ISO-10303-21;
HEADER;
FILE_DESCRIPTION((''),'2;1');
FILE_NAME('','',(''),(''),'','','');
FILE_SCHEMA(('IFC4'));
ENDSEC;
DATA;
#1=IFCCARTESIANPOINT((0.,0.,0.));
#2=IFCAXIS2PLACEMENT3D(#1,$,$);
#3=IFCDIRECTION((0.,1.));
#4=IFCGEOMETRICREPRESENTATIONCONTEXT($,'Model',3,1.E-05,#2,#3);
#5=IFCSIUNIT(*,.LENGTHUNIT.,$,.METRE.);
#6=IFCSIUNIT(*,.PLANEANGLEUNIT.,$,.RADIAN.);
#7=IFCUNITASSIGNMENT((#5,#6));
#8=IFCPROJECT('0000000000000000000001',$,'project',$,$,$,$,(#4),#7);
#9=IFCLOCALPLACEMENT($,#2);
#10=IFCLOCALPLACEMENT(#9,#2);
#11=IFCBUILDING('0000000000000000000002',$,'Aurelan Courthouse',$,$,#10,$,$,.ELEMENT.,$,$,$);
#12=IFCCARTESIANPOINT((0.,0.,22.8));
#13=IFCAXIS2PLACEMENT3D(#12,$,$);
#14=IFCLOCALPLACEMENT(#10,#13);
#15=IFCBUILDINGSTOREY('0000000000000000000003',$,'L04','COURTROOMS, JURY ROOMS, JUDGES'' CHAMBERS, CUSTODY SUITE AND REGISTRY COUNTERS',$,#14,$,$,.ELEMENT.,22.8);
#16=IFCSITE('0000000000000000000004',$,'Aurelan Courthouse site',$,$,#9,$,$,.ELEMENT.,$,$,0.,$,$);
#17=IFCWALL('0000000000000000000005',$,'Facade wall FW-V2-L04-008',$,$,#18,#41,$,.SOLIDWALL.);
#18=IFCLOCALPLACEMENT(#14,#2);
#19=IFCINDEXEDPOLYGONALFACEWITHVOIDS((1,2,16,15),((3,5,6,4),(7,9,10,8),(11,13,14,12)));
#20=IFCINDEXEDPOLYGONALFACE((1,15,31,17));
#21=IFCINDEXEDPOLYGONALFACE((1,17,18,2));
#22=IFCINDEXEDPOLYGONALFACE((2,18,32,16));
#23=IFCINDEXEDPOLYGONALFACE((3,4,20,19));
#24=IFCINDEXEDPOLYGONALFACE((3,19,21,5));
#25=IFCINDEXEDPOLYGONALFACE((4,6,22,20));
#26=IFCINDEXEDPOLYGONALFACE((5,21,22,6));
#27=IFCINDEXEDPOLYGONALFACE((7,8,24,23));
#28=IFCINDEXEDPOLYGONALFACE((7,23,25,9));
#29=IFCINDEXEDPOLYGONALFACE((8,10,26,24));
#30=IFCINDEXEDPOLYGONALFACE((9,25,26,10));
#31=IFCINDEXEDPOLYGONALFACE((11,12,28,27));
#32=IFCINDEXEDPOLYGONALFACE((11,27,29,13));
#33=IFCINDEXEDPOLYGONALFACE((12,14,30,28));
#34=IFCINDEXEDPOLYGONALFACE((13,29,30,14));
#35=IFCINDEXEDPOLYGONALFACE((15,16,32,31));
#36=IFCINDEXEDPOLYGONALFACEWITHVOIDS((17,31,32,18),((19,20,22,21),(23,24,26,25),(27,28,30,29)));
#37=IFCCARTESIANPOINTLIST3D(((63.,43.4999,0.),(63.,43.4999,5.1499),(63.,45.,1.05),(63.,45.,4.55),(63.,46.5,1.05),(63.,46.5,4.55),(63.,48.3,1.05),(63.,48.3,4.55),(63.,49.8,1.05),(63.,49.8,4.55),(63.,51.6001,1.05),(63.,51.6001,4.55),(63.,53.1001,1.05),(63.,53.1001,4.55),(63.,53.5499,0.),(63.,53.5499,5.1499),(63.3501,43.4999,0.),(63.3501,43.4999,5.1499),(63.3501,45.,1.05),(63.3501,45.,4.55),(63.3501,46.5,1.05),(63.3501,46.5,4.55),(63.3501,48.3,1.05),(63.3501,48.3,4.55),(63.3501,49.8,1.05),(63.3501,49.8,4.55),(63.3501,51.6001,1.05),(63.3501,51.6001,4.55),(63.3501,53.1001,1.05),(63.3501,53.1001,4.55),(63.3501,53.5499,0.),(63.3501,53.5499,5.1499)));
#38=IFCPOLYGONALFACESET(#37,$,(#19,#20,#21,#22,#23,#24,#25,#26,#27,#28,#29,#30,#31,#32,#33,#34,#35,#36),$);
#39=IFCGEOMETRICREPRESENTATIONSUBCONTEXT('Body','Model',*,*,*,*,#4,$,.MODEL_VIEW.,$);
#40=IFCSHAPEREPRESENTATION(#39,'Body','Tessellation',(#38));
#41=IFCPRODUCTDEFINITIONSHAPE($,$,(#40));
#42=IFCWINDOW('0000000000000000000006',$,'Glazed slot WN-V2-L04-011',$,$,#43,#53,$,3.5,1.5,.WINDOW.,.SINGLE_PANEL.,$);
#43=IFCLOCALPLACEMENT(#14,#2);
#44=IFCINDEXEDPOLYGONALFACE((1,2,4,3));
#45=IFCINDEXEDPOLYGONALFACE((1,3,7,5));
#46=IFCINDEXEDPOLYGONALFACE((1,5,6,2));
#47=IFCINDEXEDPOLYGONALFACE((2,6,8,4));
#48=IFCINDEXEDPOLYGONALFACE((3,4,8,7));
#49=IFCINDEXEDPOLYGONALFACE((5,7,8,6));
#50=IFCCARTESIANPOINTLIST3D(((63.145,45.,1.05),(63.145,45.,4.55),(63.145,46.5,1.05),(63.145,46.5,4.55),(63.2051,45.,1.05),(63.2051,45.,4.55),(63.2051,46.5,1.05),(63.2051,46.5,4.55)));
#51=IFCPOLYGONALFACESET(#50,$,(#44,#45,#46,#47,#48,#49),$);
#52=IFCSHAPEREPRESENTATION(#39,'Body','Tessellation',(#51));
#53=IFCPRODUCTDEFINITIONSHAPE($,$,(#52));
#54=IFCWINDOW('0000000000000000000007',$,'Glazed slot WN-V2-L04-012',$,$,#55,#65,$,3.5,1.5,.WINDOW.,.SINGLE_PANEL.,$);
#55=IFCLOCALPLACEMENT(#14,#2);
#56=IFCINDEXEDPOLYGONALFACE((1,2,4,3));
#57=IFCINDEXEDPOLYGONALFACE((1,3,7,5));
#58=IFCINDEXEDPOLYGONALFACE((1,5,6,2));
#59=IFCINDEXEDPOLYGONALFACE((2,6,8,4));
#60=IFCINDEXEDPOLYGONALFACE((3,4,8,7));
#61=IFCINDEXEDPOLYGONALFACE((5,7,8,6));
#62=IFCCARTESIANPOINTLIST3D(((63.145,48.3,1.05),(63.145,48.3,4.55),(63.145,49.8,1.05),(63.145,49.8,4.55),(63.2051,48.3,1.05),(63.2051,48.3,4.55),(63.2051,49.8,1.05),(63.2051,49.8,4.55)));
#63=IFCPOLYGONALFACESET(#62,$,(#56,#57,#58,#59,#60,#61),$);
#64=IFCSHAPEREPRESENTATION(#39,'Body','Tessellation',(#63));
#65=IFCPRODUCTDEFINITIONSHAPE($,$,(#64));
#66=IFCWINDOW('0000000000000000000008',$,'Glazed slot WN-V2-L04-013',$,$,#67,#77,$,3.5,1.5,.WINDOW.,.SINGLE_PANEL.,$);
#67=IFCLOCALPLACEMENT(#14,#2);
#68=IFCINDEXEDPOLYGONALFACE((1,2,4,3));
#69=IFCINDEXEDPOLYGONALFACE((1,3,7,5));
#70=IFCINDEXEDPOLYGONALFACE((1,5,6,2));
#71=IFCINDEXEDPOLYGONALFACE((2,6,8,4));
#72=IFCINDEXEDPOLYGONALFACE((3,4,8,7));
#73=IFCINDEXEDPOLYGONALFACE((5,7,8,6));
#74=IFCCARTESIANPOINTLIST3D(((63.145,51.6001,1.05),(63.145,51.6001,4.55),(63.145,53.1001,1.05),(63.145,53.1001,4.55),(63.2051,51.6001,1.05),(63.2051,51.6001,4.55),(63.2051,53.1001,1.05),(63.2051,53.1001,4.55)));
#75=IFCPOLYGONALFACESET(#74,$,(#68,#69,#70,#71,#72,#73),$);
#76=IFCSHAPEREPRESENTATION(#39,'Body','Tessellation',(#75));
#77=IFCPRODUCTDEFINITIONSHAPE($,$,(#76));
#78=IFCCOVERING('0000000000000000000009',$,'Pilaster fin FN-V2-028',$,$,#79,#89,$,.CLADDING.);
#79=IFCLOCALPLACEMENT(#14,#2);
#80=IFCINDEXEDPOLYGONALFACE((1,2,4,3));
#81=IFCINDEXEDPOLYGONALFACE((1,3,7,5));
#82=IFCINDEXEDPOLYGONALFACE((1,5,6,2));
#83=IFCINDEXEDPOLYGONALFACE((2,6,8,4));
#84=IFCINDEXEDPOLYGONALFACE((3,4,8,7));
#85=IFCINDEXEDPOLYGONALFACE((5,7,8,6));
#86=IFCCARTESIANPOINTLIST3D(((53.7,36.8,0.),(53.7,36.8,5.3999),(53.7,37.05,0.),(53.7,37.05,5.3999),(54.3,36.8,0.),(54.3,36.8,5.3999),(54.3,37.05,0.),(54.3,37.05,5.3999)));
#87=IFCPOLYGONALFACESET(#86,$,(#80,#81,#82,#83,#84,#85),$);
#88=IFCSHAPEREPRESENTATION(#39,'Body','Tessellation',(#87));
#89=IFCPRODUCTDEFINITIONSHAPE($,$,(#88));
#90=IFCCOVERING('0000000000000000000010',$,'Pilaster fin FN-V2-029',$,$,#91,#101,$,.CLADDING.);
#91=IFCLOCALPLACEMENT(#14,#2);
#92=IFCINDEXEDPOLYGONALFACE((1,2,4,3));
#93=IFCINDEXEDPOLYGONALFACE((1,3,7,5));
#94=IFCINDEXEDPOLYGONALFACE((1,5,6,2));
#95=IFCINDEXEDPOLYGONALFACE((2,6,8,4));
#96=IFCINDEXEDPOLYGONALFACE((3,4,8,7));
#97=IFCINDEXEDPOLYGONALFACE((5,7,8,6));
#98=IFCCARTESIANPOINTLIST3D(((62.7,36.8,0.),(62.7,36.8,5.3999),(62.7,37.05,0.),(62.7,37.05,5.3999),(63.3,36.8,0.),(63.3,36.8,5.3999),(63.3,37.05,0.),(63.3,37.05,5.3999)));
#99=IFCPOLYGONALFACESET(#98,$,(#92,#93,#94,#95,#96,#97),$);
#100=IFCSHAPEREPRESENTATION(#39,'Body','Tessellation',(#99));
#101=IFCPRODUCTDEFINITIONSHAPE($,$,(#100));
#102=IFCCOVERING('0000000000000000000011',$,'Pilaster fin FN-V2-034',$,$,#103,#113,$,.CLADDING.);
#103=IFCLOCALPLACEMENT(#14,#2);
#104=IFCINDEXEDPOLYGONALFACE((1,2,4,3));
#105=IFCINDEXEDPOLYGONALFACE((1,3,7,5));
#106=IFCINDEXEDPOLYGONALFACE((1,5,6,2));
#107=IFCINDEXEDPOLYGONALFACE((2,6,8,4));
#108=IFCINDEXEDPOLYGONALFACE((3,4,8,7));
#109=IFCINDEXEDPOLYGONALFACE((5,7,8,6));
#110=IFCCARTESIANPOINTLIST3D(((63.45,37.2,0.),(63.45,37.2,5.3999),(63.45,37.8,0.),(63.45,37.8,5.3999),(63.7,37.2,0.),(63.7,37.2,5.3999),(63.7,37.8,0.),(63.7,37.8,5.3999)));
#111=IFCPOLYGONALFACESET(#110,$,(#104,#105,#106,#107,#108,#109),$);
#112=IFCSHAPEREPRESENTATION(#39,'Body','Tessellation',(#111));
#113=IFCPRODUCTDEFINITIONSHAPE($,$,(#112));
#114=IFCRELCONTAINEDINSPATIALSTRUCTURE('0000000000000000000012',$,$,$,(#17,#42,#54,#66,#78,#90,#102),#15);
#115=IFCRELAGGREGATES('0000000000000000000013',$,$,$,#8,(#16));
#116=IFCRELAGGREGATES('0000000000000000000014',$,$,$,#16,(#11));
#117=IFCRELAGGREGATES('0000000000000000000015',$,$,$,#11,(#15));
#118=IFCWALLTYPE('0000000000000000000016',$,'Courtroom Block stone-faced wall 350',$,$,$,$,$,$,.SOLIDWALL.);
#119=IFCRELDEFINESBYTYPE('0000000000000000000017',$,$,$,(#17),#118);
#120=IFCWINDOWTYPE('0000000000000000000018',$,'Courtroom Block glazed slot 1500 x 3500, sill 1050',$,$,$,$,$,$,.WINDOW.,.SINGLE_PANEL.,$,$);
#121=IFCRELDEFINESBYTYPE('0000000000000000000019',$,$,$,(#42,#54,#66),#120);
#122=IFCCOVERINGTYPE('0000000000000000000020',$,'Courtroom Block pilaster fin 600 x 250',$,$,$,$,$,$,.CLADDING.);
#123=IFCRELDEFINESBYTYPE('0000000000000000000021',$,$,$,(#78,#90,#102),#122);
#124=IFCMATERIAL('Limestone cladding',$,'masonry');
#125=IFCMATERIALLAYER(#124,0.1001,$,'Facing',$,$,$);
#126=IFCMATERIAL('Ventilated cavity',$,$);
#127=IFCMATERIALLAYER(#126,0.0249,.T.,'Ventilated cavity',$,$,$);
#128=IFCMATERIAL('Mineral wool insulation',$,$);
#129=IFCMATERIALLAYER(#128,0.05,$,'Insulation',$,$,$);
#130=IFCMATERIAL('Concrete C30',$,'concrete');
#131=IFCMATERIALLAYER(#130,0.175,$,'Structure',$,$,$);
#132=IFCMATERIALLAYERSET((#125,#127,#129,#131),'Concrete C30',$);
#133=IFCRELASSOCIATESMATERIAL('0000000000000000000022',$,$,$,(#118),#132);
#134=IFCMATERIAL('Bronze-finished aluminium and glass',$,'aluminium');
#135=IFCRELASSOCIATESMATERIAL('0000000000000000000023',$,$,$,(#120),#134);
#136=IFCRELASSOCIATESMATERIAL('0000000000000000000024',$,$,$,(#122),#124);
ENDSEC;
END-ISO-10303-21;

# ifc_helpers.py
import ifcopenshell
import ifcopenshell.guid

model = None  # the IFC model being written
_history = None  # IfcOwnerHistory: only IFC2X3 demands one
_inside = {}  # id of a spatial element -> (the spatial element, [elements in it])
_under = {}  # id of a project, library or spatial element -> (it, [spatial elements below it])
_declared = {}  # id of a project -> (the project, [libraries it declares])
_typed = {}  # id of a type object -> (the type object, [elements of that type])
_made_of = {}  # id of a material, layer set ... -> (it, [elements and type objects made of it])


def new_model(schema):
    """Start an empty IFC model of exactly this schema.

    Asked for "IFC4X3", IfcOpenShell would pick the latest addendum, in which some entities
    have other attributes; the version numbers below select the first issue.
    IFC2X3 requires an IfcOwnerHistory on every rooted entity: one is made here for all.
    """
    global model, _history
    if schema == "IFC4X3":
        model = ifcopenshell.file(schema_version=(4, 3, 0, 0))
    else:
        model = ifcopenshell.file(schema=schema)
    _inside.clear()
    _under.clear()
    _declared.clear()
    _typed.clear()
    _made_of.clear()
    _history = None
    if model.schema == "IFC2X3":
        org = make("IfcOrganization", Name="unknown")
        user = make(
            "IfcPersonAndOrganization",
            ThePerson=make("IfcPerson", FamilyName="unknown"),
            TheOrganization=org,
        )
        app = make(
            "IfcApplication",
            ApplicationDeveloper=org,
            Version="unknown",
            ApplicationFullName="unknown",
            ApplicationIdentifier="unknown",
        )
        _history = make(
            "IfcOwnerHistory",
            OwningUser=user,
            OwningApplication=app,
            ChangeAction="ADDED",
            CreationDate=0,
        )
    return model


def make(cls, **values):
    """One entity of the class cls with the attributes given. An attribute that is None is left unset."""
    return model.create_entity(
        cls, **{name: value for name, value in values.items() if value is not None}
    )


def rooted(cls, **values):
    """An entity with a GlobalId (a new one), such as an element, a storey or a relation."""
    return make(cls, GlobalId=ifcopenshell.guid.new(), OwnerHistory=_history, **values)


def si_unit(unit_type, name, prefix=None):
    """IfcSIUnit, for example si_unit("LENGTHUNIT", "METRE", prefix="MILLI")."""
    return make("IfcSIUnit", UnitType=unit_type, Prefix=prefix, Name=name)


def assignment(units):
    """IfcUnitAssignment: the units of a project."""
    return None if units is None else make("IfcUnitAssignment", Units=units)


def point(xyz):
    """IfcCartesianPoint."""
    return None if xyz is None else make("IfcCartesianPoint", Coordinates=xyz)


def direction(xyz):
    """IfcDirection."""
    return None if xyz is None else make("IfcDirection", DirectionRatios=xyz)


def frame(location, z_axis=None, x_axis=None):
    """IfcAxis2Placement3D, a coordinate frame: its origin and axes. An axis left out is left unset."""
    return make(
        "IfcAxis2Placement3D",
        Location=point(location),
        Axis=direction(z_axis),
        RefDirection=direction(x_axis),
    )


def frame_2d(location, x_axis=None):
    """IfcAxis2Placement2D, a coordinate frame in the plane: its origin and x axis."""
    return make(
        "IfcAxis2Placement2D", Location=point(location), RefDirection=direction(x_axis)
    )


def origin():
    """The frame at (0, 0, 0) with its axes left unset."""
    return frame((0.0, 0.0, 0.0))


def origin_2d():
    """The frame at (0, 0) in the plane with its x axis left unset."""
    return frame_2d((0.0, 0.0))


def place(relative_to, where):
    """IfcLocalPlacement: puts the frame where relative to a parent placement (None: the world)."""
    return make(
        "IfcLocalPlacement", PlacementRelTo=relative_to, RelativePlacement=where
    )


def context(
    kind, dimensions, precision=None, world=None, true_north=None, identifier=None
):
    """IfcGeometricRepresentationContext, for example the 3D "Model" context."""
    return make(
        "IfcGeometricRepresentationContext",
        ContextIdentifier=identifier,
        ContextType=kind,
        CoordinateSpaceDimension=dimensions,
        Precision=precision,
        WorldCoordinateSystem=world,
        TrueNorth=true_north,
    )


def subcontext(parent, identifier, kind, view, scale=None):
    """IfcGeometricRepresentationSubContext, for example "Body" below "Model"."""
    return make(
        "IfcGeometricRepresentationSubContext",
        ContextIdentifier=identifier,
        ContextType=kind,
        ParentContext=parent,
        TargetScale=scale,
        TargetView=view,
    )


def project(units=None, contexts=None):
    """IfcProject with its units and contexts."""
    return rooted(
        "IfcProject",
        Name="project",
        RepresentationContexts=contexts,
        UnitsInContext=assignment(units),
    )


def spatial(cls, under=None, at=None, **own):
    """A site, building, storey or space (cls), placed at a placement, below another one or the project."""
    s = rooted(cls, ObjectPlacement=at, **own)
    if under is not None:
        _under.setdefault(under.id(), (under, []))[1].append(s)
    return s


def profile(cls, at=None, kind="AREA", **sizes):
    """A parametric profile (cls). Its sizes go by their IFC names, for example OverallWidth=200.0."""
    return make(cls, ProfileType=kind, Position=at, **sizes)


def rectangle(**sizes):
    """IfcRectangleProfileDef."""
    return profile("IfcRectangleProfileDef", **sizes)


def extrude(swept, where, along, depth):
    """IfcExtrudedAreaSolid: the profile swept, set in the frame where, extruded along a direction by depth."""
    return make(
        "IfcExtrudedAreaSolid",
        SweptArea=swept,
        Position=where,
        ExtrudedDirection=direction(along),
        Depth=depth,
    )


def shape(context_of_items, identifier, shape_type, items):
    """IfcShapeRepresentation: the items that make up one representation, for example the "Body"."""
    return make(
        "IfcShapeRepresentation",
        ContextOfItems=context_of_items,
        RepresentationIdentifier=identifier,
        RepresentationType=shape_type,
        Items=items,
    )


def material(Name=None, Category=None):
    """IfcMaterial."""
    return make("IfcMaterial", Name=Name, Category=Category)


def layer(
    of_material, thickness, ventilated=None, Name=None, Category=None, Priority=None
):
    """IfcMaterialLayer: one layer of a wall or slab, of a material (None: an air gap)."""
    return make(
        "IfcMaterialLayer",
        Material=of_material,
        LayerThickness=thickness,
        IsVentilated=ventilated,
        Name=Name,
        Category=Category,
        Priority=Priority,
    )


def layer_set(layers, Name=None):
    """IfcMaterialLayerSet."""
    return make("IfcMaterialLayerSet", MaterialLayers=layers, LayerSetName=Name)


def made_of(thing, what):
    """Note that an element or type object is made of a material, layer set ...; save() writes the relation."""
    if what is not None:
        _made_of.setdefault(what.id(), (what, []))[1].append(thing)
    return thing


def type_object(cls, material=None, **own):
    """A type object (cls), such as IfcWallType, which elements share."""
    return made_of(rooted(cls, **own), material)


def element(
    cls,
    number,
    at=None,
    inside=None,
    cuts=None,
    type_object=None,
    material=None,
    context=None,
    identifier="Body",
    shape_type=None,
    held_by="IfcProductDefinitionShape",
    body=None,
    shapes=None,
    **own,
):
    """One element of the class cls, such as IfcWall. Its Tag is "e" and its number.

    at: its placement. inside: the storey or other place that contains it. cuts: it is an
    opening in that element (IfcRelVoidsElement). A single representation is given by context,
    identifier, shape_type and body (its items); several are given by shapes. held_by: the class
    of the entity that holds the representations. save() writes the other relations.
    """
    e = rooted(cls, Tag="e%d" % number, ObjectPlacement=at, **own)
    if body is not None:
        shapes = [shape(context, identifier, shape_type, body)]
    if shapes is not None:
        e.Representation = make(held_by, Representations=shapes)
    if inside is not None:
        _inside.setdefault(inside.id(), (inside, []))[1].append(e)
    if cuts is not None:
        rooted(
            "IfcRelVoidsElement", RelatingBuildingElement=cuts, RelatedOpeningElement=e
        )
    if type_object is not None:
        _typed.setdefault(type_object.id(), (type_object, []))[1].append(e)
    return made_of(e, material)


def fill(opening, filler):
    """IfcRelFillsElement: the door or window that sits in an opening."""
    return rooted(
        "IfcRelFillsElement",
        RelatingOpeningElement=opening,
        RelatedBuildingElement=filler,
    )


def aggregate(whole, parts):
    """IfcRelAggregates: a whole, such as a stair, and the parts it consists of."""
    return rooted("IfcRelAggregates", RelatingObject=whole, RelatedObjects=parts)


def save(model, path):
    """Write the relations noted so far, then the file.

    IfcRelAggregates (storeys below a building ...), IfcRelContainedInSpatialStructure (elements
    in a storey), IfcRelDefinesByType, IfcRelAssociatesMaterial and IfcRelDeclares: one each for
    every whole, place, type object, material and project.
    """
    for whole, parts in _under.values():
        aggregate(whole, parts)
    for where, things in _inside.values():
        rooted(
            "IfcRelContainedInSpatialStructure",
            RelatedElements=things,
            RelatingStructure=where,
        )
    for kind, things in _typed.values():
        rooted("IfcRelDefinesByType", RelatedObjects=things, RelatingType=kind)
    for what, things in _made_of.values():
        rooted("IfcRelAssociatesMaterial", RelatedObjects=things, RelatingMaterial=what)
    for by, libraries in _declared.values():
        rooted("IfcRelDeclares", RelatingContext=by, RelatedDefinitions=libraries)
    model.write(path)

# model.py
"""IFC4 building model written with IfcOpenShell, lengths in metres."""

from ifc_helpers import new_model, si_unit, direction, frame, frame_2d, origin, origin_2d, place, context, subcontext, project, spatial, rectangle, extrude, material, layer, layer_set, type_object, element, fill, save


model = new_model("IFC4")

# Units and contexts
model_context = context("Model", 3, precision=1e-05, world=origin(), true_north=direction((0.0, 1.0)))
body_context = subcontext(model_context, "Body", "Model", "MODEL_VIEW")
ifc_project = project(units=[si_unit("LENGTHUNIT", "METRE"), si_unit("PLANEANGLEUNIT", "RADIAN")], contexts=[model_context])

# Site, building, storey
site_placement = place(None, origin())
site = spatial("IfcSite", under=ifc_project, at=site_placement, Name="Aurelan Courthouse site", CompositionType="ELEMENT", RefElevation=0.0)
building_placement = place(site_placement, origin())
building = spatial("IfcBuilding", under=site, at=building_placement, Name="Aurelan Courthouse", CompositionType="ELEMENT")
storey_placement = place(building_placement, frame((0.0, 0.0, 22.8)))
storey = spatial("IfcBuildingStorey", under=building, at=storey_placement, Name="L04", Description="COURTROOMS, JURY ROOMS, JUDGES' CHAMBERS, CUSTODY SUITE AND REGISTRY COUNTERS", CompositionType="ELEMENT", Elevation=22.8)

# Shared definitions
ifc_material_1 = material(Name="Bronze-finished aluminium and glass", Category="aluminium")

# Wall, openings, windows
ifc_material_2 = material(Name="Limestone cladding", Category="masonry")
ifc_layer_1 = layer(ifc_material_2, 0.1001, Name="Facing")
ifc_material_3 = material(Name="Ventilated cavity")
ifc_layer_2 = layer(ifc_material_3, 0.0249, ventilated=True, Name="Ventilated cavity")
ifc_material_4 = material(Name="Mineral wool insulation")
ifc_layer_3 = layer(ifc_material_4, 0.05, Name="Insulation")
ifc_material_5 = material(Name="Concrete C30", Category="concrete")
ifc_layer_4 = layer(ifc_material_5, 0.175, Name="Structure")
ifc_layer_set_1 = layer_set([ifc_layer_1, ifc_layer_2, ifc_layer_3, ifc_layer_4], Name="Concrete C30")
wall_type_1 = type_object("IfcWallType", Name="Courtroom Block stone-faced wall 350", PredefinedType="SOLIDWALL", material=ifc_layer_set_1)
wall_1_placement = place(storey_placement, frame((63.175, 43.5, 0.0), z_axis=(0.0, 0.0, 1.0), x_axis=(0.0, 1.0, 0.0)))
wall_1 = element("IfcWall", 1, at=wall_1_placement, inside=storey, type_object=wall_type_1, Name="Facade wall FW-V2-L04-008", PredefinedType="SOLIDWALL", context=body_context, shape_type="SweptSolid", body=[
    extrude(rectangle(XDim=10.05, YDim=0.3501, at=frame_2d((5.0249, 0.0))), origin(), (0.0, 0.0, 1.0), 5.1499),
])
opening_1_placement = place(wall_1_placement, frame((1.5, 0.0, 1.05)))
opening_1 = element("IfcOpeningElement", 2, at=opening_1_placement, cuts=wall_1, PredefinedType="OPENING", context=body_context, shape_type="SweptSolid", body=[
    extrude(rectangle(XDim=1.5, YDim=3.5, at=frame_2d((0.75, 1.75))), frame((0.0, 0.1851, 0.0), z_axis=(0.0, -1.0, 0.0), x_axis=(1.0, 0.0, 0.0)), (0.0, 0.0, 1.0), 0.3701),
])
opening_2_placement = place(wall_1_placement, frame((4.8, 0.0, 1.05)))
opening_2 = element("IfcOpeningElement", 3, at=opening_2_placement, cuts=wall_1, PredefinedType="OPENING", context=body_context, shape_type="SweptSolid", body=[
    extrude(rectangle(XDim=1.5, YDim=3.5, at=frame_2d((0.75, 1.75))), frame((0.0, 0.1851, 0.0), z_axis=(0.0, -1.0, 0.0), x_axis=(1.0, 0.0, 0.0)), (0.0, 0.0, 1.0), 0.3701),
])
opening_3_placement = place(wall_1_placement, frame((8.1001, 0.0, 1.05)))
opening_3 = element("IfcOpeningElement", 4, at=opening_3_placement, cuts=wall_1, PredefinedType="OPENING", context=body_context, shape_type="SweptSolid", body=[
    extrude(rectangle(XDim=1.5, YDim=3.5, at=frame_2d((0.75, 1.75))), frame((0.0, 0.1851, 0.0), z_axis=(0.0, -1.0, 0.0), x_axis=(1.0, 0.0, 0.0)), (0.0, 0.0, 1.0), 0.3701),
])
window_type_1 = type_object("IfcWindowType", Name="Courtroom Block glazed slot 1500 x 3500, sill 1050", PartitioningType="SINGLE_PANEL", PredefinedType="WINDOW", material=ifc_material_1)
window_1_placement = place(opening_1_placement, origin())
window_1 = element("IfcWindow", 5, at=window_1_placement, inside=storey, type_object=window_type_1, Name="Glazed slot WN-V2-L04-011", OverallHeight=3.5, OverallWidth=1.5, PartitioningType="SINGLE_PANEL", PredefinedType="WINDOW", context=body_context, shape_type="SweptSolid", body=[
    extrude(rectangle(XDim=1.5, YDim=3.5, at=frame_2d((0.75, 1.75))), frame((0.0, 0.03, 0.0), z_axis=(0.0, -1.0, 0.0), x_axis=(1.0, 0.0, 0.0)), (0.0, 0.0, 1.0), 0.0601),
])
fill(opening_1, window_1)
window_2_placement = place(opening_2_placement, origin())
window_2 = element("IfcWindow", 6, at=window_2_placement, inside=storey, type_object=window_type_1, Name="Glazed slot WN-V2-L04-012", OverallHeight=3.5, OverallWidth=1.5, PartitioningType="SINGLE_PANEL", PredefinedType="WINDOW", context=body_context, shape_type="SweptSolid", body=[
    extrude(rectangle(XDim=1.5, YDim=3.5, at=frame_2d((0.75, 1.75))), frame((0.0, 0.03, 0.0), z_axis=(0.0, -1.0, 0.0), x_axis=(1.0, 0.0, 0.0)), (0.0, 0.0, 1.0), 0.0601),
])
fill(opening_2, window_2)
window_3_placement = place(opening_3_placement, origin())
window_3 = element("IfcWindow", 7, at=window_3_placement, inside=storey, type_object=window_type_1, Name="Glazed slot WN-V2-L04-013", OverallHeight=3.5, OverallWidth=1.5, PartitioningType="SINGLE_PANEL", PredefinedType="WINDOW", context=body_context, shape_type="SweptSolid", body=[
    extrude(rectangle(XDim=1.5, YDim=3.5, at=frame_2d((0.75, 1.75))), frame((0.0, 0.03, 0.0), z_axis=(0.0, -1.0, 0.0), x_axis=(1.0, 0.0, 0.0)), (0.0, 0.0, 1.0), 0.0601),
])
fill(opening_3, window_3)

# Coverings
covering_type_1 = type_object("IfcCoveringType", Name="Courtroom Block pilaster fin 600 x 250", PredefinedType="CLADDING", material=ifc_material_2)
for number, where, z_axis, x_axis, name in (
    (8, (54.0, 36.925, 0.0), (0.0, 0.0, 1.0), (1.0, 0.0, 0.0), "Pilaster fin FN-V2-028"),
    (9, (63.0, 36.925, 0.0), (0.0, 0.0, 1.0), (1.0, 0.0, 0.0), "Pilaster fin FN-V2-029"),
):
    element("IfcCovering", number, at=place(storey_placement, frame(where, z_axis=z_axis, x_axis=x_axis)), inside=storey, type_object=covering_type_1, Name=name, PredefinedType="CLADDING", context=body_context, shape_type="SweptSolid", body=[
        extrude(rectangle(XDim=0.6001, YDim=0.25, at=origin_2d()), origin(), (0.0, 0.0, 1.0), 5.3999),
    ])
covering_placement = place(storey_placement, frame((63.575, 37.5, 0.0), z_axis=(0.0, 0.0, 1.0), x_axis=(1.0, 0.0, 0.0)))
element("IfcCovering", 10, at=covering_placement, inside=storey, type_object=covering_type_1, Name="Pilaster fin FN-V2-034", PredefinedType="CLADDING", context=body_context, shape_type="SweptSolid", body=[
    extrude(rectangle(XDim=0.25, YDim=0.6001, at=origin_2d()), origin(), (0.0, 0.0, 1.0), 5.3999),
])

save(model, "model.ifc")
